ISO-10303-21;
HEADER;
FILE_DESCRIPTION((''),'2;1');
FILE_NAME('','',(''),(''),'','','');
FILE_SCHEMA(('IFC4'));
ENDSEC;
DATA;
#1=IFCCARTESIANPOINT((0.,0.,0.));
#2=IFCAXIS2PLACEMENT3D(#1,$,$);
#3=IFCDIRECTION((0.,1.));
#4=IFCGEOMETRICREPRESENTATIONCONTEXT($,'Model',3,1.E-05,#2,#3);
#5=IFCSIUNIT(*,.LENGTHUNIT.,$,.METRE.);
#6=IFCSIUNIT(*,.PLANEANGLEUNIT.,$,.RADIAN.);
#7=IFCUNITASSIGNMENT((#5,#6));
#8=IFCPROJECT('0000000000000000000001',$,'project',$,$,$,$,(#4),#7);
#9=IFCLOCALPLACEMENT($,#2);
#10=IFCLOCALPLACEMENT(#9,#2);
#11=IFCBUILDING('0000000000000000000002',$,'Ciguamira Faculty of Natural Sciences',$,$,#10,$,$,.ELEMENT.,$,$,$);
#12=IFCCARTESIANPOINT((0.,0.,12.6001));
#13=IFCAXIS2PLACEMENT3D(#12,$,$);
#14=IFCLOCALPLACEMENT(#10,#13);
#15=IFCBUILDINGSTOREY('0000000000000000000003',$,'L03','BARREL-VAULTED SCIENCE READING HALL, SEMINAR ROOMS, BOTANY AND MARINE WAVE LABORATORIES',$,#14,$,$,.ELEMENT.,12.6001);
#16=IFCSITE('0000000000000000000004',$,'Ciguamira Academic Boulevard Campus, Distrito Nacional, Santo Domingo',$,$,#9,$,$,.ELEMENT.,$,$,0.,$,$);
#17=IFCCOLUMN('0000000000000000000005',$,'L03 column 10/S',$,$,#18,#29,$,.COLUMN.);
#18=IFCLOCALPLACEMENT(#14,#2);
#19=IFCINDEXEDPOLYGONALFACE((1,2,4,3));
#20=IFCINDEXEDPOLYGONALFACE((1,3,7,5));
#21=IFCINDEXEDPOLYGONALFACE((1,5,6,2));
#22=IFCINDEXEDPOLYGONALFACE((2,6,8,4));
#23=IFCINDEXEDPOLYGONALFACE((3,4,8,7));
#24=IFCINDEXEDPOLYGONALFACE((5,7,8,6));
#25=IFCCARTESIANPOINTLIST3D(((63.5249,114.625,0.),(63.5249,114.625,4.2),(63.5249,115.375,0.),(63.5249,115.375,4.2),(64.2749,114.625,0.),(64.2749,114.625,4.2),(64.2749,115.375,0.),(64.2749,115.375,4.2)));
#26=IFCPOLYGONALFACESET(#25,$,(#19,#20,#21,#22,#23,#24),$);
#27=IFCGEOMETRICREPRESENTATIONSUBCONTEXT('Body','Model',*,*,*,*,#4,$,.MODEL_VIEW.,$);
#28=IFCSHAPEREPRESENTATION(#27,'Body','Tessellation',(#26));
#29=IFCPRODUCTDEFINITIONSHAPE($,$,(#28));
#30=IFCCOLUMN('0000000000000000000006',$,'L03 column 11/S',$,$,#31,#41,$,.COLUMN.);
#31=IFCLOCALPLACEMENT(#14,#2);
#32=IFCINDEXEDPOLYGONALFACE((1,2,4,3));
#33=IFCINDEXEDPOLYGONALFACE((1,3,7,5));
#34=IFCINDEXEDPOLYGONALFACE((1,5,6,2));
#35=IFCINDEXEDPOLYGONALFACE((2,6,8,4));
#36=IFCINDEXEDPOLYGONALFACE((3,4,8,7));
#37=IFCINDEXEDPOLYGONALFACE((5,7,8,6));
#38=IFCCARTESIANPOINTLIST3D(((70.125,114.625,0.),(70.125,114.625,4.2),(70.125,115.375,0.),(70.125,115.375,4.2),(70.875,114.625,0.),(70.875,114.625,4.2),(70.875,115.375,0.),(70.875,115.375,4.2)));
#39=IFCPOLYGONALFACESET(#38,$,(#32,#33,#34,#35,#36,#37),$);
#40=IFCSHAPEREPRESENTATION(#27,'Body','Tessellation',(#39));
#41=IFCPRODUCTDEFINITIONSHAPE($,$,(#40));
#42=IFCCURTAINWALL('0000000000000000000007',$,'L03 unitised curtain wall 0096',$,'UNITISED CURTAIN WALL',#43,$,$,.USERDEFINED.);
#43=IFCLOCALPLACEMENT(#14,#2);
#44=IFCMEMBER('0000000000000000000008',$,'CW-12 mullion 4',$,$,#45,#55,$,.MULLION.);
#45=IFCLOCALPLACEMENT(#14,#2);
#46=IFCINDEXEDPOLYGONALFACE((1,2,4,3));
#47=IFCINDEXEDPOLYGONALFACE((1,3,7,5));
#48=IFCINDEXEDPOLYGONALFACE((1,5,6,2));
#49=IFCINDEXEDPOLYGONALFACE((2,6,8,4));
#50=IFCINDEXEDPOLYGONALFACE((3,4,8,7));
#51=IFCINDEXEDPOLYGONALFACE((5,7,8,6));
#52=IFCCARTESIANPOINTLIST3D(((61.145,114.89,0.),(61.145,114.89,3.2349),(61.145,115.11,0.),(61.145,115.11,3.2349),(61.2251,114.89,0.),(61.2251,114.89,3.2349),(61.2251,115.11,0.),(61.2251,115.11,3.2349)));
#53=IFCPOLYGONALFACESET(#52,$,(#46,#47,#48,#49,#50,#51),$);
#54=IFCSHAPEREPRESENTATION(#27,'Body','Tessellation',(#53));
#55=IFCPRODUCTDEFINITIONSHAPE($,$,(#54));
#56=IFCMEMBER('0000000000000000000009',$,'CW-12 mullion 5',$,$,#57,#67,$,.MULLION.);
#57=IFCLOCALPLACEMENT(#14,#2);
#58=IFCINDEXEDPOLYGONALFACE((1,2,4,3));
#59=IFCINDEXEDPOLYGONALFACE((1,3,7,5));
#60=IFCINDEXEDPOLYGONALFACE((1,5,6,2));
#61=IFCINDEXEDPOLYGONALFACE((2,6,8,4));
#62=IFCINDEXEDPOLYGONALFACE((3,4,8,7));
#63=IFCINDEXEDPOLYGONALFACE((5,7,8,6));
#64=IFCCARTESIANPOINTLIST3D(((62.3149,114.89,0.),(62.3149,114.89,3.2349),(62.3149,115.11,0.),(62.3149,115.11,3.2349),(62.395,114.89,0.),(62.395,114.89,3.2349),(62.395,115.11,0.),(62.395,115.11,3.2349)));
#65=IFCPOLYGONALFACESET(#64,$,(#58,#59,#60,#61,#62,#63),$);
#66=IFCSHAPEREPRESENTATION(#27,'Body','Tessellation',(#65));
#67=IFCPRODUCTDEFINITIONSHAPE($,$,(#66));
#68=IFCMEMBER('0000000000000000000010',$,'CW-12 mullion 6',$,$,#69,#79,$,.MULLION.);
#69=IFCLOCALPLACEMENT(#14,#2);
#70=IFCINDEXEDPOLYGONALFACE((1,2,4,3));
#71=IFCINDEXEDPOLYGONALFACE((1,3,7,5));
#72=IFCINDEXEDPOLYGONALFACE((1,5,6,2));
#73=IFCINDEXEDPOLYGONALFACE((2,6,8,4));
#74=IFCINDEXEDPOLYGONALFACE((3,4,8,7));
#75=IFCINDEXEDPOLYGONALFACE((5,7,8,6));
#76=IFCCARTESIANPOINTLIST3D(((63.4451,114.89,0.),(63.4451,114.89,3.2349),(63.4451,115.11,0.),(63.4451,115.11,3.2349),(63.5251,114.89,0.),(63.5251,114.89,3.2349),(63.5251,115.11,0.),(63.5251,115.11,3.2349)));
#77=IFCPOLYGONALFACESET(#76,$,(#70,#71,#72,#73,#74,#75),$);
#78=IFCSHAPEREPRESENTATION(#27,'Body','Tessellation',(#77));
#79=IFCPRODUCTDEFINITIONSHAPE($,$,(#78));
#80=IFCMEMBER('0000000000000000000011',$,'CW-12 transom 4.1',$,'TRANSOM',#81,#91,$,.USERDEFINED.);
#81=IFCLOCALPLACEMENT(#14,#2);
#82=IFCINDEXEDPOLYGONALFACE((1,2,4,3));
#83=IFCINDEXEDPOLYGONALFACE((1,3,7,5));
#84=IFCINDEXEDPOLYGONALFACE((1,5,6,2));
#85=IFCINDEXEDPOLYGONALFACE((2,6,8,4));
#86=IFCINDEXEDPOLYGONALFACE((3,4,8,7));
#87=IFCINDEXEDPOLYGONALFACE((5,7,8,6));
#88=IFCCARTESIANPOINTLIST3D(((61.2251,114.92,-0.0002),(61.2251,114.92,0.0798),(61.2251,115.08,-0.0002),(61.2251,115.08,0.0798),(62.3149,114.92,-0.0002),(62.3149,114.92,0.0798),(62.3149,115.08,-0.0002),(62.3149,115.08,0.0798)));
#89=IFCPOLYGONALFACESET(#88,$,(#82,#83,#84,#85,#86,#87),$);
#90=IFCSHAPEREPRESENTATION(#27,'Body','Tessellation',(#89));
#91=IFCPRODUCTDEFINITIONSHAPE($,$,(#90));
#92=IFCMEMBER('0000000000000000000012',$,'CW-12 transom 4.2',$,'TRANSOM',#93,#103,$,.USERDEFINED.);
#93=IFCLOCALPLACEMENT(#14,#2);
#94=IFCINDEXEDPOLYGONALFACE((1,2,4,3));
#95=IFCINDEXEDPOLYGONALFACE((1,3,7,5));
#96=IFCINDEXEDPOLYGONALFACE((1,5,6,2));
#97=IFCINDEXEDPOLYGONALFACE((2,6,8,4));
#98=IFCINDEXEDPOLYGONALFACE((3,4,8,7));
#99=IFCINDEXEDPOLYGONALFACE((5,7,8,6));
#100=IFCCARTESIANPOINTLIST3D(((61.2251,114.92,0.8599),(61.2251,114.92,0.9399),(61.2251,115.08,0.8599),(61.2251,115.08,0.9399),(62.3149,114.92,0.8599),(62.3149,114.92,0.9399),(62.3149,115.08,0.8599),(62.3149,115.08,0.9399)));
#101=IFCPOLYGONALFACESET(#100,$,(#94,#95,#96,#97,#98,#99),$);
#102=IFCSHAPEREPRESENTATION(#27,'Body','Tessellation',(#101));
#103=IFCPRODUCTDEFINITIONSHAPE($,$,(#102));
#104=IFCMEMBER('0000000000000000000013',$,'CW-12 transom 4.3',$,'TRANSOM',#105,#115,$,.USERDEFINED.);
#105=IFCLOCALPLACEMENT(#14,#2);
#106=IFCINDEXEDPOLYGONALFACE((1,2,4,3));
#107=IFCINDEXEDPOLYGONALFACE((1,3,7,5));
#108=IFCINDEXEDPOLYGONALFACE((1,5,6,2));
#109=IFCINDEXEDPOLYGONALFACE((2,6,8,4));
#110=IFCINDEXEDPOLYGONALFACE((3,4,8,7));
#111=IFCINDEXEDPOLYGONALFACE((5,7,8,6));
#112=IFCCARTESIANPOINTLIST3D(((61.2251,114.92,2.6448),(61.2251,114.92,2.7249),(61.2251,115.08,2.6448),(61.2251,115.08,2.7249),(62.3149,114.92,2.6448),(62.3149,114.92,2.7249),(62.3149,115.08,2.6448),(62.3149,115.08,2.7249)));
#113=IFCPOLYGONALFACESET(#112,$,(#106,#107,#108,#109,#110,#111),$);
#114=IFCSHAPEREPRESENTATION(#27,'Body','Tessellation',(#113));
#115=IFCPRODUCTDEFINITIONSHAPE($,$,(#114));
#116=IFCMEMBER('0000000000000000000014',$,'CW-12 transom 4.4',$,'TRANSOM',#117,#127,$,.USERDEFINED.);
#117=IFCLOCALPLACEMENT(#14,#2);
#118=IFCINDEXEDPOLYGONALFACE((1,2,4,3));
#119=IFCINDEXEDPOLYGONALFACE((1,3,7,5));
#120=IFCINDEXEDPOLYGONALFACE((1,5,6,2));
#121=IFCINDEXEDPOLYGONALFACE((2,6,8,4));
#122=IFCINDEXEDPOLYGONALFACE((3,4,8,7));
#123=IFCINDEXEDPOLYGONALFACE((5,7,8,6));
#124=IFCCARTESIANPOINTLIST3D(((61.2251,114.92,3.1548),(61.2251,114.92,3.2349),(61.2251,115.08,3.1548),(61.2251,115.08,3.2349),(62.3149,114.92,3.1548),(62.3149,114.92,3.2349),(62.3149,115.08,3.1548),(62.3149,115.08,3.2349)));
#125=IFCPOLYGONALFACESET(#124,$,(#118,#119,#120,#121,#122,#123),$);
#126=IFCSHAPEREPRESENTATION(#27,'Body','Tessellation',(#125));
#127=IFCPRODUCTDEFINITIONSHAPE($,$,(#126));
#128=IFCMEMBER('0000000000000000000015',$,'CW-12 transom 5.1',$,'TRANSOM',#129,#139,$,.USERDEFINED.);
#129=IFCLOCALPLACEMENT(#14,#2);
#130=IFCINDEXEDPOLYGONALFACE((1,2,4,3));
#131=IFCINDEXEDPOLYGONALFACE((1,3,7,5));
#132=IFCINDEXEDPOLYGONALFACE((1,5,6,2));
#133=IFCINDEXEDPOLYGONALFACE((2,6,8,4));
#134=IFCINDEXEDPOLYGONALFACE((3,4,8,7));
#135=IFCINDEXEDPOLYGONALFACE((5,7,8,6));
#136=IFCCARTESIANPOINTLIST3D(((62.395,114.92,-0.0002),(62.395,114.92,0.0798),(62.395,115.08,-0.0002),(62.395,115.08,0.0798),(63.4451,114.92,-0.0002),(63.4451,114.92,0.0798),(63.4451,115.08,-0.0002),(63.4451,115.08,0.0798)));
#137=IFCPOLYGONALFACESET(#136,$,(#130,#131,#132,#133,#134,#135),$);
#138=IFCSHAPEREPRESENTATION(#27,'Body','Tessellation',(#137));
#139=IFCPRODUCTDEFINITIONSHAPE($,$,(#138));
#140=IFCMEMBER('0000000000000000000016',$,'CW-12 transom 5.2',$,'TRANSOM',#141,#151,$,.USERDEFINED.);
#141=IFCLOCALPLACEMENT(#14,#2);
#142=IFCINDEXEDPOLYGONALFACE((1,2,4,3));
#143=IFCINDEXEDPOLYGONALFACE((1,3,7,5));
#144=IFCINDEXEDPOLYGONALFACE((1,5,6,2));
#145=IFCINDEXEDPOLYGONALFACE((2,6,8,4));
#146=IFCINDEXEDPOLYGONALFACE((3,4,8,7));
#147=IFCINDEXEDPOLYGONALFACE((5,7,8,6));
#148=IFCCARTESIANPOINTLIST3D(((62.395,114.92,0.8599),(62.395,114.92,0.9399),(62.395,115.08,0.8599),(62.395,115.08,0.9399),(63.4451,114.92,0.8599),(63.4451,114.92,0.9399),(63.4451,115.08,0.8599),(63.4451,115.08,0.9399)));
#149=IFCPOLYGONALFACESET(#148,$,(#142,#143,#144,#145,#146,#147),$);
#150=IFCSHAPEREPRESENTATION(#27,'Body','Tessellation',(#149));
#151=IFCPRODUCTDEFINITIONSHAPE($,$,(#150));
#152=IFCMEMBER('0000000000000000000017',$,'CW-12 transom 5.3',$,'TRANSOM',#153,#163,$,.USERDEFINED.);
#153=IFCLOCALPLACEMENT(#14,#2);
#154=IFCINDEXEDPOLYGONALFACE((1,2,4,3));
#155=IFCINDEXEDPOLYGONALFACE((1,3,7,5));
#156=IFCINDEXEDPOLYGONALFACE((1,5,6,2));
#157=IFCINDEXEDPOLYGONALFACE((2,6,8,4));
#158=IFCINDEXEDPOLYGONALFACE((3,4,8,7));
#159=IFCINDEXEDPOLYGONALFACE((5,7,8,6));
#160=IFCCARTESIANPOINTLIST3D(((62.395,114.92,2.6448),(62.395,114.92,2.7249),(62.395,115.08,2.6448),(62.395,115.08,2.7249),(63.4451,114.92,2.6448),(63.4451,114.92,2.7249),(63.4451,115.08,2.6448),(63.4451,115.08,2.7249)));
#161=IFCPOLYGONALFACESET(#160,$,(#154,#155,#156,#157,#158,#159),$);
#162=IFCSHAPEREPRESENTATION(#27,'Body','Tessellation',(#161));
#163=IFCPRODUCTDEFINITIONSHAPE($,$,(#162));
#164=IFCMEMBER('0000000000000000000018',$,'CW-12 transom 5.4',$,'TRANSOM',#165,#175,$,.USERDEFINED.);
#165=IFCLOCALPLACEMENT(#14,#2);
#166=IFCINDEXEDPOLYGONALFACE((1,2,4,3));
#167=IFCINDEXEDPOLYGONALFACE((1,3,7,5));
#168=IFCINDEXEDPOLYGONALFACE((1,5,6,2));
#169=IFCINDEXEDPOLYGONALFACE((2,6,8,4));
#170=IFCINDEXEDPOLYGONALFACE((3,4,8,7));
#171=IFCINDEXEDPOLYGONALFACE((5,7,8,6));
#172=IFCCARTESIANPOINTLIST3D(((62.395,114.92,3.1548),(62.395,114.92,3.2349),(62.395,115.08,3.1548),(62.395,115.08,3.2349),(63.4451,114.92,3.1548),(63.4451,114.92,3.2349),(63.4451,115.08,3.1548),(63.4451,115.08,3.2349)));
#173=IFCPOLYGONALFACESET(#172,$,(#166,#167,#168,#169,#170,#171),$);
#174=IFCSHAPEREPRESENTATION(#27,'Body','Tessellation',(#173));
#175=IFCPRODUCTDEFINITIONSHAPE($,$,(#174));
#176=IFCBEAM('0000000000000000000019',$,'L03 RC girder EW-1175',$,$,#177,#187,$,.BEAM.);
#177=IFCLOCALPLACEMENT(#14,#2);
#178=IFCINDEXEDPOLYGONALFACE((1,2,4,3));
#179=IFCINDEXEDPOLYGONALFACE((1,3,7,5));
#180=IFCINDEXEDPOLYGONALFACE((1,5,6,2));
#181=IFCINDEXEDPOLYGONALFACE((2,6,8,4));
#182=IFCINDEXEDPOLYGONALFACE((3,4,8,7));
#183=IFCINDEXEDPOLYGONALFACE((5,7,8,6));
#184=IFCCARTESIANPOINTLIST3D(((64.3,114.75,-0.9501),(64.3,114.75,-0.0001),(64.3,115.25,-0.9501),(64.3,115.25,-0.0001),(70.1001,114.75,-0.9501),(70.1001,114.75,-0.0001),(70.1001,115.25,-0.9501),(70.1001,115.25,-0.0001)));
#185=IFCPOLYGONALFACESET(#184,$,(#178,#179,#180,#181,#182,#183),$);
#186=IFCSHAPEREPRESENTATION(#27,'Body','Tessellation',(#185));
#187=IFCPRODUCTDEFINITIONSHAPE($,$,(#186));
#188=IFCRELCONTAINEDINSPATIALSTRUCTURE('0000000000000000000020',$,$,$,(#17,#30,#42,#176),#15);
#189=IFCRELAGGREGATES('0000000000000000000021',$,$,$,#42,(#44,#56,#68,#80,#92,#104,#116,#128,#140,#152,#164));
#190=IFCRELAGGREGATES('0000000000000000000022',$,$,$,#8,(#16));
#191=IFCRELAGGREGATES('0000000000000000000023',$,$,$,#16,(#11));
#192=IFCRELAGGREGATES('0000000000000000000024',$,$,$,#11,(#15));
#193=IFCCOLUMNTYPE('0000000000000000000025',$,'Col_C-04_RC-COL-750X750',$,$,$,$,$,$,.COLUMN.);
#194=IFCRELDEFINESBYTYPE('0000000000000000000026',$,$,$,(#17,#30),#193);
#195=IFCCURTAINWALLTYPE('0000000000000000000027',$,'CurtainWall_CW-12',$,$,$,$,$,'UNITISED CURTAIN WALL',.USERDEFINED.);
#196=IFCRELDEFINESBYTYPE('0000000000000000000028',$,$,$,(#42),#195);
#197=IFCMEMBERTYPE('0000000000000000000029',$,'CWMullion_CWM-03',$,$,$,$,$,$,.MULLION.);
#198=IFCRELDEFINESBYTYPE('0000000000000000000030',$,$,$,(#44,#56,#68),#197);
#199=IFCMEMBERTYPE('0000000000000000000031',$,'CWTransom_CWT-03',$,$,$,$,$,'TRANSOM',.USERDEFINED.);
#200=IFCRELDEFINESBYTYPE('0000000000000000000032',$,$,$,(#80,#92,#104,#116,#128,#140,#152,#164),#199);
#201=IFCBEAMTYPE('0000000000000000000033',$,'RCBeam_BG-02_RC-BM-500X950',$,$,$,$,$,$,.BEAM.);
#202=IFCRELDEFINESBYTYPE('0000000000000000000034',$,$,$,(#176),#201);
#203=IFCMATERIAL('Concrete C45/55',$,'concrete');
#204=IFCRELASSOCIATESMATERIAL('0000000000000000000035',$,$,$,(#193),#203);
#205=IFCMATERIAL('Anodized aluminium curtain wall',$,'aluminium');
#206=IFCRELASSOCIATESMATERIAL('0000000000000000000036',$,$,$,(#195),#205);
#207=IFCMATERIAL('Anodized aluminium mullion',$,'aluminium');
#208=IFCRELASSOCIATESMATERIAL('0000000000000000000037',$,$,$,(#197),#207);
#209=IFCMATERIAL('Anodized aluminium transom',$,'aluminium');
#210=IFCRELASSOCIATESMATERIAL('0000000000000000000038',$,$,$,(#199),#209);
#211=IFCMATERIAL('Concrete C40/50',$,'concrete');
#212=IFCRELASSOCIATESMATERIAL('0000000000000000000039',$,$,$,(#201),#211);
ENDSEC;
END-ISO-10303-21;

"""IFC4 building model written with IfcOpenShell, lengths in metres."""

from ifc_helpers import new_model, si_unit, direction, frame, origin, origin_2d, place, context, subcontext, project, spatial, rectangle, extrude, material, material_profile, profile_set, type_object, element, aggregate, save


model = new_model("IFC4")

# Units and contexts
model_context = context("Model", 3, precision=1e-05, world=origin(), true_north=direction((0.0, 1.0)))
body_context = subcontext(model_context, "Body", "Model", "MODEL_VIEW")
ifc_project = project(units=[si_unit("LENGTHUNIT", "METRE"), si_unit("PLANEANGLEUNIT", "RADIAN")], contexts=[model_context])

# Site, building, storey
site_placement = place(None, origin())
site = spatial("IfcSite", under=ifc_project, at=site_placement, Name="Ciguamira Academic Boulevard Campus, Distrito Nacional, Santo Domingo", CompositionType="ELEMENT", RefElevation=0.0)
building_placement = place(site_placement, origin())
building = spatial("IfcBuilding", under=site, at=building_placement, Name="Ciguamira Faculty of Natural Sciences", CompositionType="ELEMENT")
storey_placement = place(building_placement, frame((0.0, 0.0, 12.6001)))
storey = spatial("IfcBuildingStorey", under=building, at=storey_placement, Name="L03", Description="BARREL-VAULTED SCIENCE READING HALL, SEMINAR ROOMS, BOTANY AND MARINE WAVE LABORATORIES", CompositionType="ELEMENT", Elevation=12.6001)

# Columns
ifc_material_1 = material(Name="Concrete C45/55", Category="concrete")
ifc_material_profile_1 = material_profile(ifc_material_1, rectangle(XDim=0.75, YDim=0.75, at=origin_2d()), Name="RC-COL-750X750")
ifc_profile_set_1 = profile_set([ifc_material_profile_1], Name="Concrete C45/55")
column_type = type_object("IfcColumnType", Name="Col_C-04_RC-COL-750X750", PredefinedType="COLUMN", material=ifc_profile_set_1)
for number, where, z_axis, x_axis, name in (
    (1, (63.8999, 115.0, 0.0), (0.0, 0.0, 1.0), (1.0, 0.0, 0.0), "L03 column 10/S"),
    (2, (70.5, 115.0, 0.0), (0.0, 0.0, 1.0), (1.0, 0.0, 0.0), "L03 column 11/S"),
):
    element("IfcColumn", number, at=place(storey_placement, frame(where, z_axis=z_axis, x_axis=x_axis)), inside=storey, type_object=column_type, Name=name, PredefinedType="COLUMN", context=body_context, shape_type="SweptSolid", body=[
        extrude(rectangle(XDim=0.75, YDim=0.75, at=origin_2d()), origin(), (0.0, 0.0, 1.0), 4.2),
    ])

# Curtain wall, members
ifc_material_2 = material(Name="Anodized aluminium curtain wall", Category="aluminium")
curtain_wall_type = type_object("IfcCurtainWallType", Name="CurtainWall_CW-12", ElementType="UNITISED CURTAIN WALL", PredefinedType="USERDEFINED", material=ifc_material_2)
curtain_wall_placement = place(storey_placement, origin())
curtain_wall = element("IfcCurtainWall", 3, at=curtain_wall_placement, inside=storey, type_object=curtain_wall_type, Name="L03 unitised curtain wall 0096", ObjectType="UNITISED CURTAIN WALL", PredefinedType="USERDEFINED")
ifc_material_3 = material(Name="Anodized aluminium mullion", Category="aluminium")
ifc_material_profile_2 = material_profile(ifc_material_3, rectangle(XDim=0.0801, YDim=0.22, at=origin_2d()), Name="ALU-MUL-80X220")
ifc_profile_set_2 = profile_set([ifc_material_profile_2], Name="Anodized aluminium mullion")
member_type_1 = type_object("IfcMemberType", Name="CWMullion_CWM-03", PredefinedType="MULLION", material=ifc_profile_set_2)
member_1_placement = place(storey_placement, frame((61.1851, 115.0, 0.0), z_axis=(0.0, 0.0, 1.0), x_axis=(1.0, 0.0, 0.0)))
member_1 = element("IfcMember", 4, at=member_1_placement, type_object=member_type_1, Name="CW-12 mullion 4", PredefinedType="MULLION", context=body_context, shape_type="SweptSolid", body=[
    extrude(rectangle(XDim=0.0801, YDim=0.22, at=origin_2d()), origin(), (0.0, 0.0, 1.0), 3.2349),
])
member_2_placement = place(storey_placement, frame((62.355, 115.0, 0.0), z_axis=(0.0, 0.0, 1.0), x_axis=(1.0, 0.0, 0.0)))
member_2 = element("IfcMember", 5, at=member_2_placement, type_object=member_type_1, Name="CW-12 mullion 5", PredefinedType="MULLION", context=body_context, shape_type="SweptSolid", body=[
    extrude(rectangle(XDim=0.0801, YDim=0.22, at=origin_2d()), origin(), (0.0, 0.0, 1.0), 3.2349),
])
member_3_placement = place(storey_placement, frame((63.4851, 115.0, 0.0), z_axis=(0.0, 0.0, 1.0), x_axis=(1.0, 0.0, 0.0)))
member_3 = element("IfcMember", 6, at=member_3_placement, type_object=member_type_1, Name="CW-12 mullion 6", PredefinedType="MULLION", context=body_context, shape_type="SweptSolid", body=[
    extrude(rectangle(XDim=0.0801, YDim=0.22, at=origin_2d()), origin(), (0.0, 0.0, 1.0), 3.2349),
])
ifc_material_4 = material(Name="Anodized aluminium transom", Category="aluminium")
ifc_material_profile_3 = material_profile(ifc_material_4, rectangle(XDim=0.0801, YDim=0.1599, at=origin_2d()), Name="ALU-TRN-80X160")
ifc_profile_set_3 = profile_set([ifc_material_profile_3], Name="Anodized aluminium transom")
member_type_2 = type_object("IfcMemberType", Name="CWTransom_CWT-03", ElementType="TRANSOM", PredefinedType="USERDEFINED", material=ifc_profile_set_3)
member_4_placement = place(storey_placement, frame((61.2251, 115.0, 0.0398), z_axis=(1.0, 0.0, 0.0), x_axis=(0.0, 0.0, 1.0)))
member_4 = element("IfcMember", 7, at=member_4_placement, type_object=member_type_2, Name="CW-12 transom 4.1", ObjectType="TRANSOM", PredefinedType="USERDEFINED", context=body_context, shape_type="SweptSolid", body=[
    extrude(rectangle(XDim=0.0801, YDim=0.1599, at=origin_2d()), origin(), (0.0, 0.0, 1.0), 1.0898),
])
member_5_placement = place(storey_placement, frame((61.2251, 115.0, 0.8999), z_axis=(1.0, 0.0, 0.0), x_axis=(0.0, 0.0, 1.0)))
member_5 = element("IfcMember", 8, at=member_5_placement, type_object=member_type_2, Name="CW-12 transom 4.2", ObjectType="TRANSOM", PredefinedType="USERDEFINED", context=body_context, shape_type="SweptSolid", body=[
    extrude(rectangle(XDim=0.0801, YDim=0.1599, at=origin_2d()), origin(), (0.0, 0.0, 1.0), 1.0898),
])
member_6_placement = place(storey_placement, frame((61.2251, 115.0, 2.6848), z_axis=(1.0, 0.0, 0.0), x_axis=(0.0, 0.0, 1.0)))
member_6 = element("IfcMember", 9, at=member_6_placement, type_object=member_type_2, Name="CW-12 transom 4.3", ObjectType="TRANSOM", PredefinedType="USERDEFINED", context=body_context, shape_type="SweptSolid", body=[
    extrude(rectangle(XDim=0.0801, YDim=0.1599, at=origin_2d()), origin(), (0.0, 0.0, 1.0), 1.0898),
])
member_7_placement = place(storey_placement, frame((61.2251, 115.0, 3.1948), z_axis=(1.0, 0.0, 0.0), x_axis=(0.0, 0.0, 1.0)))
member_7 = element("IfcMember", 10, at=member_7_placement, type_object=member_type_2, Name="CW-12 transom 4.4", ObjectType="TRANSOM", PredefinedType="USERDEFINED", context=body_context, shape_type="SweptSolid", body=[
    extrude(rectangle(XDim=0.0801, YDim=0.1599, at=origin_2d()), origin(), (0.0, 0.0, 1.0), 1.0898),
])
member_8_placement = place(storey_placement, frame((62.395, 115.0, 0.0398), z_axis=(1.0, 0.0, 0.0), x_axis=(0.0, 0.0, 1.0)))
member_8 = element("IfcMember", 11, at=member_8_placement, type_object=member_type_2, Name="CW-12 transom 5.1", ObjectType="TRANSOM", PredefinedType="USERDEFINED", context=body_context, shape_type="SweptSolid", body=[
    extrude(rectangle(XDim=0.0801, YDim=0.1599, at=origin_2d()), origin(), (0.0, 0.0, 1.0), 1.05),
])
member_9_placement = place(storey_placement, frame((62.395, 115.0, 0.8999), z_axis=(1.0, 0.0, 0.0), x_axis=(0.0, 0.0, 1.0)))
member_9 = element("IfcMember", 12, at=member_9_placement, type_object=member_type_2, Name="CW-12 transom 5.2", ObjectType="TRANSOM", PredefinedType="USERDEFINED", context=body_context, shape_type="SweptSolid", body=[
    extrude(rectangle(XDim=0.0801, YDim=0.1599, at=origin_2d()), origin(), (0.0, 0.0, 1.0), 1.05),
])
member_10_placement = place(storey_placement, frame((62.395, 115.0, 2.6848), z_axis=(1.0, 0.0, 0.0), x_axis=(0.0, 0.0, 1.0)))
member_10 = element("IfcMember", 13, at=member_10_placement, type_object=member_type_2, Name="CW-12 transom 5.3", ObjectType="TRANSOM", PredefinedType="USERDEFINED", context=body_context, shape_type="SweptSolid", body=[
    extrude(rectangle(XDim=0.0801, YDim=0.1599, at=origin_2d()), origin(), (0.0, 0.0, 1.0), 1.05),
])
member_11_placement = place(storey_placement, frame((62.395, 115.0, 3.1948), z_axis=(1.0, 0.0, 0.0), x_axis=(0.0, 0.0, 1.0)))
member_11 = element("IfcMember", 14, at=member_11_placement, type_object=member_type_2, Name="CW-12 transom 5.4", ObjectType="TRANSOM", PredefinedType="USERDEFINED", context=body_context, shape_type="SweptSolid", body=[
    extrude(rectangle(XDim=0.0801, YDim=0.1599, at=origin_2d()), origin(), (0.0, 0.0, 1.0), 1.05),
])

# Beam
ifc_material_5 = material(Name="Concrete C40/50", Category="concrete")
ifc_material_profile_4 = material_profile(ifc_material_5, rectangle(XDim=0.5, YDim=0.95, at=origin_2d()), Name="RC-BM-500X950")
ifc_profile_set_4 = profile_set([ifc_material_profile_4], Name="Concrete C40/50")
beam_type = type_object("IfcBeamType", Name="RCBeam_BG-02_RC-BM-500X950", PredefinedType="BEAM", material=ifc_profile_set_4)
for number, where, z_axis, x_axis, name in (
    (15, (64.3, 115.0, -0.4751), (1.0, 0.0, 0.0), (0.0, 1.0, 0.0), "L03 RC girder EW-1175"),
):
    element("IfcBeam", number, at=place(storey_placement, frame(where, z_axis=z_axis, x_axis=x_axis)), inside=storey, type_object=beam_type, Name=name, PredefinedType="BEAM", context=body_context, shape_type="SweptSolid", body=[
        extrude(rectangle(XDim=0.5, YDim=0.95, at=origin_2d()), origin(), (0.0, 0.0, 1.0), 5.8),
    ])

aggregate(curtain_wall, [member_1, member_2, member_3, member_4, member_5, member_6, member_7, member_8, member_9, member_10, member_11])

save(model, "model.ifc")
